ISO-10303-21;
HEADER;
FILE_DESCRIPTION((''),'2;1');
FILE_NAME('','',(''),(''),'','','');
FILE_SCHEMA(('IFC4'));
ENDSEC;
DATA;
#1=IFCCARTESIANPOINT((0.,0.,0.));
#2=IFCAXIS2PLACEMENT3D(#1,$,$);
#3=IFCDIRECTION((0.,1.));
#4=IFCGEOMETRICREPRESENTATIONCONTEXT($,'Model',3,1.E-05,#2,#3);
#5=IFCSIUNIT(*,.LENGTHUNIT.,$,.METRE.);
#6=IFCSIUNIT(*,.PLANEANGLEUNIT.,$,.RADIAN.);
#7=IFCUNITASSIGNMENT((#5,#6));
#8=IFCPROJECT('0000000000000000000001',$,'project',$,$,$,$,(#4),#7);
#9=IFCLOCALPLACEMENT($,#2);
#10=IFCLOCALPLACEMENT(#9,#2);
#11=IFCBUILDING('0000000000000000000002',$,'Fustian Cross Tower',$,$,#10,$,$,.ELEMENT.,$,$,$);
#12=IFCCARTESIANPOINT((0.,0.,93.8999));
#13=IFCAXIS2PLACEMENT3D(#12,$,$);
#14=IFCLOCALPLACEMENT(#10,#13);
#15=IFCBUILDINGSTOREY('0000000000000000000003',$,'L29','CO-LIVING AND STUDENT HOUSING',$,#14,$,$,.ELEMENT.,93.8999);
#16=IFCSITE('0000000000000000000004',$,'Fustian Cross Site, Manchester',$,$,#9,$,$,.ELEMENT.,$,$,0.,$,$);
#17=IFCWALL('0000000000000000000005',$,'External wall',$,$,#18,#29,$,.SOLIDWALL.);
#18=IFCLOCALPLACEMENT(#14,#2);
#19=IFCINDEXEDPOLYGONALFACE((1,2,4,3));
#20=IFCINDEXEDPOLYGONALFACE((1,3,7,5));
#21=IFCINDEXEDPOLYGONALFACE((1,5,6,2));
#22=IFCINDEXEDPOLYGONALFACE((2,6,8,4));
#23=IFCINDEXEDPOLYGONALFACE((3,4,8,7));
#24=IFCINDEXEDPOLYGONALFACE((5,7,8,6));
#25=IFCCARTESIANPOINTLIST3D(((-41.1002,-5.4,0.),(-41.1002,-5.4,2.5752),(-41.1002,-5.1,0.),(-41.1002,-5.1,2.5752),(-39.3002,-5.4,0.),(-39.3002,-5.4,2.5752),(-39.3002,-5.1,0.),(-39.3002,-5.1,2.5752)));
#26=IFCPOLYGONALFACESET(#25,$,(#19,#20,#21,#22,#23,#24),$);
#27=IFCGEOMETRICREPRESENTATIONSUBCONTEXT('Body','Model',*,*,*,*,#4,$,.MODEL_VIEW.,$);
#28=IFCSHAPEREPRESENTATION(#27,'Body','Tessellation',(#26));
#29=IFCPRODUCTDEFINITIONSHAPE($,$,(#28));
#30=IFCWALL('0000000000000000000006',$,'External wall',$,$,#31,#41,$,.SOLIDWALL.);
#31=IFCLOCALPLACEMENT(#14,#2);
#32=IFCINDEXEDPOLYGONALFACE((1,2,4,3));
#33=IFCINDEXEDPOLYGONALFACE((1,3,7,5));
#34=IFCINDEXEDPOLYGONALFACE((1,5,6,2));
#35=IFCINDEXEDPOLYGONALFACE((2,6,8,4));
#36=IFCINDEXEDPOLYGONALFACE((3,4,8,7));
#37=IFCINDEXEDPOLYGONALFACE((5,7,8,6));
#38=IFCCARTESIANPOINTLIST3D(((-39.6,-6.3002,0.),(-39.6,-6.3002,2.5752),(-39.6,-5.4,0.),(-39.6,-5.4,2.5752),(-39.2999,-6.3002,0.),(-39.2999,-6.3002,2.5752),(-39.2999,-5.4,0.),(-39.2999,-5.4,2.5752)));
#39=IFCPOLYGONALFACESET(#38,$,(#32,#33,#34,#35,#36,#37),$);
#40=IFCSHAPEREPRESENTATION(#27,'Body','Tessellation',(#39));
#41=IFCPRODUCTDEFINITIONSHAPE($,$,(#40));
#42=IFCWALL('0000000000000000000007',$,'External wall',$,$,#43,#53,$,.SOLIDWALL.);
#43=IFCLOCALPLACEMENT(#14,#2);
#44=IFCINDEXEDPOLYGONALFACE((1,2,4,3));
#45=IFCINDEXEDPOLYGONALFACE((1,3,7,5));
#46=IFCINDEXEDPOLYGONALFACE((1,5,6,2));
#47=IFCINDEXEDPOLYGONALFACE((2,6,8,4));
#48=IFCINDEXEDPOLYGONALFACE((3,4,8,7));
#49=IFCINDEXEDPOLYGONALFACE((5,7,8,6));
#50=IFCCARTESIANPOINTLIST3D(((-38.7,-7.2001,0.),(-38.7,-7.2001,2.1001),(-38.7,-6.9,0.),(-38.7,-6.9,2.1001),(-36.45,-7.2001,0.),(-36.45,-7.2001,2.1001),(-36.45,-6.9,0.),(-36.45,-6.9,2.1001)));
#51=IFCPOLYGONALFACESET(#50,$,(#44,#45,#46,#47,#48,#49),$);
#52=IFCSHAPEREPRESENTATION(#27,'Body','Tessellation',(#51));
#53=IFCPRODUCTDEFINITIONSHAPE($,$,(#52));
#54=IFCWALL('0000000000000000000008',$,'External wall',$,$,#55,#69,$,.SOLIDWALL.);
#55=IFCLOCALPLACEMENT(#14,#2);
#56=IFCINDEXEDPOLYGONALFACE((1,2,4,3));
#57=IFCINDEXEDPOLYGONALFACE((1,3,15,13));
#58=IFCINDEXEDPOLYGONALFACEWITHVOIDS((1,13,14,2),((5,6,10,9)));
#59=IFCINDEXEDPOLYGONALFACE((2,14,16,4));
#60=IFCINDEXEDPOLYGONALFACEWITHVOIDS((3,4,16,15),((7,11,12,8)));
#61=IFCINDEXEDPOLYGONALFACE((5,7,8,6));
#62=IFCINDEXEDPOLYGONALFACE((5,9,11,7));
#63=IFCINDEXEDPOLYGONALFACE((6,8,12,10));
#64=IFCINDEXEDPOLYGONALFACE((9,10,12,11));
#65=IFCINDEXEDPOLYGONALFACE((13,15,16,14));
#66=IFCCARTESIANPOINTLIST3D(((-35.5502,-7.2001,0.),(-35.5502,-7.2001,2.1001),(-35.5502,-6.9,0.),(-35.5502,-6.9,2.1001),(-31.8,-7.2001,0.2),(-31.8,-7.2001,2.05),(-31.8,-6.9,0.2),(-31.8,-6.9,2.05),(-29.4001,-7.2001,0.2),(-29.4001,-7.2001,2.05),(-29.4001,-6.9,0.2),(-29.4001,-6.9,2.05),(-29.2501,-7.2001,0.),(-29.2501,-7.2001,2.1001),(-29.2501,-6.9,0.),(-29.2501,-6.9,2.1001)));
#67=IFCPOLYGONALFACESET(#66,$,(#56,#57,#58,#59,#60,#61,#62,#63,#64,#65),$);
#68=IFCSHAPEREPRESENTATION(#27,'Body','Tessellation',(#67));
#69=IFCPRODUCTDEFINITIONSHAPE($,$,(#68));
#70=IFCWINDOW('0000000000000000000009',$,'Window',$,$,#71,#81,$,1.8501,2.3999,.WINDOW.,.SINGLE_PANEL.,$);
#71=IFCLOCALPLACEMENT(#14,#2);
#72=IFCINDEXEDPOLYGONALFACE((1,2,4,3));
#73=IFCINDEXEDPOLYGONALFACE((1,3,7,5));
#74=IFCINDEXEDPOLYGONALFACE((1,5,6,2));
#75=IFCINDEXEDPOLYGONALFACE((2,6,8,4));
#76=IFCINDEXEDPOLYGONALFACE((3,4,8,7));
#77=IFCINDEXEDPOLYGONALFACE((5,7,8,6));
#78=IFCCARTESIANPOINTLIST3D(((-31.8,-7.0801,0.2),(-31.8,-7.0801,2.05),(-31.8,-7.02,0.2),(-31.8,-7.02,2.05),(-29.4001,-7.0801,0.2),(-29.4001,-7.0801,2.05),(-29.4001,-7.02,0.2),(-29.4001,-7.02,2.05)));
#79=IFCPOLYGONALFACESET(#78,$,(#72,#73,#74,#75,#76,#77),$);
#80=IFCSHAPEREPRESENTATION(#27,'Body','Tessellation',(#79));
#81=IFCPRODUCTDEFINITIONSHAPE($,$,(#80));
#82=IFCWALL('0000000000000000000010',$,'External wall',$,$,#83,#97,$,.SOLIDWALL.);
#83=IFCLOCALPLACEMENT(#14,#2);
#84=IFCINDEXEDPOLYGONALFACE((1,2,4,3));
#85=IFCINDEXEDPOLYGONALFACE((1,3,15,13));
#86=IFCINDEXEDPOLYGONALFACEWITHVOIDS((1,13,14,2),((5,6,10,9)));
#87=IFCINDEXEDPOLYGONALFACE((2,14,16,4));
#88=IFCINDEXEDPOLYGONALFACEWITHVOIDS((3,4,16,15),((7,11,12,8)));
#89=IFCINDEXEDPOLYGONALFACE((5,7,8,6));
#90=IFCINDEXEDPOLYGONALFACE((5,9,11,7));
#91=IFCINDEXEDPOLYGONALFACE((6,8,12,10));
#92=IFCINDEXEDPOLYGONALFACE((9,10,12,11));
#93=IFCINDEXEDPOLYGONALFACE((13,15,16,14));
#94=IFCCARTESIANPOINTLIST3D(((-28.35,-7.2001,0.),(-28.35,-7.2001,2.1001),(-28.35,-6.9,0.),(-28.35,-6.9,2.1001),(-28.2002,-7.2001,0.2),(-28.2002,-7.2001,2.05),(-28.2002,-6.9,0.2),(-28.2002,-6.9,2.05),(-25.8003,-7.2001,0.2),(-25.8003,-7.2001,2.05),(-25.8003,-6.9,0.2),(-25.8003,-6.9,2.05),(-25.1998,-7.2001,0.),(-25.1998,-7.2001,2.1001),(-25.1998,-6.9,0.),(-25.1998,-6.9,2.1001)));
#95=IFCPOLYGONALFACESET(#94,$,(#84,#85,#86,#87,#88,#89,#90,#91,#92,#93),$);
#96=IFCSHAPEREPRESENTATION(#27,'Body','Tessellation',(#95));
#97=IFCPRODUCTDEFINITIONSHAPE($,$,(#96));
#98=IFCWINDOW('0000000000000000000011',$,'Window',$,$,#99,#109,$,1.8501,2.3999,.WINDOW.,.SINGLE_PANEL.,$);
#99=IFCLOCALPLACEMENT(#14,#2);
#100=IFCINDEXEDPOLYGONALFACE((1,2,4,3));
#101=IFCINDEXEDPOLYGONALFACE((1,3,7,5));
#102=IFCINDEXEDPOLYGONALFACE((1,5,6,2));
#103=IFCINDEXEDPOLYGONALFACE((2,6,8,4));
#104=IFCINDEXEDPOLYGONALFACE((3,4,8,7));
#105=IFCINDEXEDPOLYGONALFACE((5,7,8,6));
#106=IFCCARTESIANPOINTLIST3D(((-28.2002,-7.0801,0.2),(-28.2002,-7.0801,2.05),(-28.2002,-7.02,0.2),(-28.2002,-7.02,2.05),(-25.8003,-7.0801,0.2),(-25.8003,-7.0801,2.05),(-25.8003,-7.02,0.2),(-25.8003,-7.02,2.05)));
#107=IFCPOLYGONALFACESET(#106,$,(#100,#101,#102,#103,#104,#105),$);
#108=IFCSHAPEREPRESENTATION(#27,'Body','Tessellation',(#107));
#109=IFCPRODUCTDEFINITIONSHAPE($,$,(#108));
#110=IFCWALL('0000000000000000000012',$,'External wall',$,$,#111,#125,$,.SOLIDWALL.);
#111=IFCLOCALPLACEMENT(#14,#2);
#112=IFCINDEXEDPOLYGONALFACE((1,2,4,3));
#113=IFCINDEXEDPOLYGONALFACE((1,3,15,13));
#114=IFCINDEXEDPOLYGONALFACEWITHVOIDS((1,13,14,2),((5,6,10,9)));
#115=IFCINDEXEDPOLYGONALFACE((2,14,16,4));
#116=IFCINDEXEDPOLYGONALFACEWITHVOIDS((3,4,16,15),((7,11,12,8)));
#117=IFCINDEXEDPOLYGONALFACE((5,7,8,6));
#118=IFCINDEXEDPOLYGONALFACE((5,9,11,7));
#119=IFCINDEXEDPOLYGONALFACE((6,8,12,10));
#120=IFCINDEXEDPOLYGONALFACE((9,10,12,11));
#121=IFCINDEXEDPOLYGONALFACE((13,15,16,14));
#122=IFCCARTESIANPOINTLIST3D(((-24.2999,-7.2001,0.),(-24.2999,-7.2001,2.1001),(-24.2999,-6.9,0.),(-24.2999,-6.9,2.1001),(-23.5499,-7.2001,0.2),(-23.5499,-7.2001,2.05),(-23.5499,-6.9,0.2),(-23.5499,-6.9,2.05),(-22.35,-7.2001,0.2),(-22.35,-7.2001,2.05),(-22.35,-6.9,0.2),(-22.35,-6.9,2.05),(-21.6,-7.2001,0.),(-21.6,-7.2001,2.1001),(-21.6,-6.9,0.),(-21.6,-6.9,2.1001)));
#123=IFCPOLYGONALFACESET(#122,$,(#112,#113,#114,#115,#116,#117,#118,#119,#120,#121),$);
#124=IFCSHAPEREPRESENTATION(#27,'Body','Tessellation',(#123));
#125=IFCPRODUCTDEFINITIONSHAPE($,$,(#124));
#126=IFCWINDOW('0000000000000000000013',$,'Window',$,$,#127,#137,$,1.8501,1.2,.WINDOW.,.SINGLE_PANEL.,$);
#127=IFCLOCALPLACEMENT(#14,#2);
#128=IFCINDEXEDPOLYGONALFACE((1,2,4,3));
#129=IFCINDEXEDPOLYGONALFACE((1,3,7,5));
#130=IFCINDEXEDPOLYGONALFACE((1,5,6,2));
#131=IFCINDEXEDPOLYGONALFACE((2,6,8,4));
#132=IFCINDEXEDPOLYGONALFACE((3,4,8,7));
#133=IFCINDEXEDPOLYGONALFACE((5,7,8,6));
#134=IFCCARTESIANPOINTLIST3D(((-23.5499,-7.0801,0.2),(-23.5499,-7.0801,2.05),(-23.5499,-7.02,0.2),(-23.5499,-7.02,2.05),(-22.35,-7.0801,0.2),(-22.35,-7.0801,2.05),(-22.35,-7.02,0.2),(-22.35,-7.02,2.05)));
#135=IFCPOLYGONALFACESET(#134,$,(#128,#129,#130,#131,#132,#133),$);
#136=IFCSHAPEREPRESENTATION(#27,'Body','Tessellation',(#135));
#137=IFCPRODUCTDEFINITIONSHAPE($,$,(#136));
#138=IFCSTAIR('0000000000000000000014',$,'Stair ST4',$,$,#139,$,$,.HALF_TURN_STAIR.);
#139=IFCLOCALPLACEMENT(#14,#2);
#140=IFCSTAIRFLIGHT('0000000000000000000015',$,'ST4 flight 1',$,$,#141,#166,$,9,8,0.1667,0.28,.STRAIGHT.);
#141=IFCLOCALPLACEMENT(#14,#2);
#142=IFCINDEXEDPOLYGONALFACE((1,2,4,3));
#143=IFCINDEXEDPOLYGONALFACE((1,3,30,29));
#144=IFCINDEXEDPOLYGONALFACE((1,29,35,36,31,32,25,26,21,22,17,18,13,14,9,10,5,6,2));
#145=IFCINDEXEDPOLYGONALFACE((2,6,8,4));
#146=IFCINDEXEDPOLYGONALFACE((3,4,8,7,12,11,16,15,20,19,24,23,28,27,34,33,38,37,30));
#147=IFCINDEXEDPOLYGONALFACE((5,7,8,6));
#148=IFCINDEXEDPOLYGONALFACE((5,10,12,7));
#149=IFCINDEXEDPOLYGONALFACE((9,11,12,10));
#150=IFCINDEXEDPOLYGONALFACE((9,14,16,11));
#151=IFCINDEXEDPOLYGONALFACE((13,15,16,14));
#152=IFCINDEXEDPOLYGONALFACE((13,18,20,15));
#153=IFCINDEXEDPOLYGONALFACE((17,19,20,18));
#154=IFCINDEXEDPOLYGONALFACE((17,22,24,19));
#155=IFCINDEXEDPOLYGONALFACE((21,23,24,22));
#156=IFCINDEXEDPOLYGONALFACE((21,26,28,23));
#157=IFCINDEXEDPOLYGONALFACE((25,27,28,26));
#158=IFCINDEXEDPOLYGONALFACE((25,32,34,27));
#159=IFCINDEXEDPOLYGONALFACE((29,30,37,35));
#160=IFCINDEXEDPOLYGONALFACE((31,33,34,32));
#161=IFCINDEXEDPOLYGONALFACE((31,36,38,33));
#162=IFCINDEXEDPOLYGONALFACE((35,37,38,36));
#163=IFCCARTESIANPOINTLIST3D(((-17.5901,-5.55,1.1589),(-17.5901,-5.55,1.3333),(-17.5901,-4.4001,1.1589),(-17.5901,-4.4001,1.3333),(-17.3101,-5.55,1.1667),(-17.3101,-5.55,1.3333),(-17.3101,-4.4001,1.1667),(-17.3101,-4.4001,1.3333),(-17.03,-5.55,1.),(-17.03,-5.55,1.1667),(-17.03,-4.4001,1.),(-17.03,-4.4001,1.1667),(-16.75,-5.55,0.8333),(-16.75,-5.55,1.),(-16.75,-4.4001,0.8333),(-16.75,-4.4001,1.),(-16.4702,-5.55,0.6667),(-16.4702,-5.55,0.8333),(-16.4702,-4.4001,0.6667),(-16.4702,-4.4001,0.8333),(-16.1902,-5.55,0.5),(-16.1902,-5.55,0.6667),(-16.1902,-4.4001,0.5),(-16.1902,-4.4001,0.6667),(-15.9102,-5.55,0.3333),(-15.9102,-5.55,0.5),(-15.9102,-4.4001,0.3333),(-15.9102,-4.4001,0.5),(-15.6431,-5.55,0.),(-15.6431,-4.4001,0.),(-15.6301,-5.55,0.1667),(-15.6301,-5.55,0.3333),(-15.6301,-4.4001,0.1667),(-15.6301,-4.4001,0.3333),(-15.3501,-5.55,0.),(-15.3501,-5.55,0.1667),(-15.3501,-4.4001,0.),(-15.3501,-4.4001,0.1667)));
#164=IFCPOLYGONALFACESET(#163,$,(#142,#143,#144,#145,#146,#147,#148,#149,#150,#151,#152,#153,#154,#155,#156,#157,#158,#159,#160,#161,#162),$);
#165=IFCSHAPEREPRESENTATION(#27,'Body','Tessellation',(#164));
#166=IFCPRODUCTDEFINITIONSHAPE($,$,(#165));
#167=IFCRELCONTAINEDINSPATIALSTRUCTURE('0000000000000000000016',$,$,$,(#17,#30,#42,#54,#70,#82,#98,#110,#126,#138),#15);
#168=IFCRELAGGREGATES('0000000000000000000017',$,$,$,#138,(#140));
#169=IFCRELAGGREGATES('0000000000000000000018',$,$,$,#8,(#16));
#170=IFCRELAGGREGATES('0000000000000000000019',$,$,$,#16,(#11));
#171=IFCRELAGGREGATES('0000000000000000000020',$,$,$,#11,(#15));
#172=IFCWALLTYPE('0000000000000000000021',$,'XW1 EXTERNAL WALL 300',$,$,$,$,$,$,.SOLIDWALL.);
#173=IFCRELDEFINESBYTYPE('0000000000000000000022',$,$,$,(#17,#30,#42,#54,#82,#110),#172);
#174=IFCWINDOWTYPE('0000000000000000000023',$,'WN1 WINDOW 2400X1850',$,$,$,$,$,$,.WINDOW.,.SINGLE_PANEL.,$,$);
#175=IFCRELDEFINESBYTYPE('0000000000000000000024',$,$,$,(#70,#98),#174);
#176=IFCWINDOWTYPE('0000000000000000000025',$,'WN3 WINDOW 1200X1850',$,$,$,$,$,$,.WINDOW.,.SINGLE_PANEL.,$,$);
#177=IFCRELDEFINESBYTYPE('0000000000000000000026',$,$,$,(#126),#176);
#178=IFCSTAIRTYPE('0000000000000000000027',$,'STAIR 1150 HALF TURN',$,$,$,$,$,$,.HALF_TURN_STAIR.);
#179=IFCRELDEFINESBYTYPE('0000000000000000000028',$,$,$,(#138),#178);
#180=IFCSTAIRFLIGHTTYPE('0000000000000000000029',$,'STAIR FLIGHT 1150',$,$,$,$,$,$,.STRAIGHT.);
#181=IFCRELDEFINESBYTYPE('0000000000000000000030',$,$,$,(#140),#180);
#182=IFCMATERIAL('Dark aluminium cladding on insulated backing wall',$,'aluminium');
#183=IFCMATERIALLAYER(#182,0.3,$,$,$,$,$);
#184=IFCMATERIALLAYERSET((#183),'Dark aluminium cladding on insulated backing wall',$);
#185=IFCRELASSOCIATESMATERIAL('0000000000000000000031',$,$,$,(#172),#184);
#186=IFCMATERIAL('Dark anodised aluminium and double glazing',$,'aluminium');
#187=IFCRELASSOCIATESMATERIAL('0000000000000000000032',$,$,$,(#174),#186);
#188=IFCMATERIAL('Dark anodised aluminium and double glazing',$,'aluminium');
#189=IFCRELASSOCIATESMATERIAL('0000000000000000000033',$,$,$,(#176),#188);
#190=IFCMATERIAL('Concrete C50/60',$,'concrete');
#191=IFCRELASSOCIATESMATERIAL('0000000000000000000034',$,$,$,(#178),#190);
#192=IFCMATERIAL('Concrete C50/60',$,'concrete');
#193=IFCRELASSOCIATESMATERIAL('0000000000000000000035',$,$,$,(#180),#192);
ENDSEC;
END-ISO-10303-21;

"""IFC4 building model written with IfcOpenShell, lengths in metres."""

from ifc_helpers import new_model, si_unit, direction, frame, frame_2d, origin, place, context, subcontext, project, spatial, polyline, rectangle, outline, extrude, material, layer, layer_set, type_object, element, fill, aggregate, save


model = new_model("IFC4")

# Units and contexts
model_context = context("Model", 3, precision=1e-05, world=origin(), true_north=direction((0.0, 1.0)))
body_context = subcontext(model_context, "Body", "Model", "MODEL_VIEW")
ifc_project = project(units=[si_unit("LENGTHUNIT", "METRE"), si_unit("PLANEANGLEUNIT", "RADIAN")], contexts=[model_context])

# Site, building, storey
site_placement = place(None, origin())
site = spatial("IfcSite", under=ifc_project, at=site_placement, Name="Fustian Cross Site, Manchester", CompositionType="ELEMENT", RefElevation=0.0)
building_placement = place(site_placement, origin())
building = spatial("IfcBuilding", under=site, at=building_placement, Name="Fustian Cross Tower", CompositionType="ELEMENT")
storey_placement = place(building_placement, frame((0.0, 0.0, 93.8999)))
storey = spatial("IfcBuildingStorey", under=building, at=storey_placement, Name="L29", Description="CO-LIVING AND STUDENT HOUSING", CompositionType="ELEMENT", Elevation=93.8999)

# Walls
ifc_material_1 = material(Name="Dark aluminium cladding on insulated backing wall", Category="aluminium")
ifc_layer_1 = layer(ifc_material_1, 0.3)
ifc_layer_set_1 = layer_set([ifc_layer_1], Name="Dark aluminium cladding on insulated backing wall")
wall_type_1 = type_object("IfcWallType", Name="XW1 EXTERNAL WALL 300", PredefinedType="SOLIDWALL", material=ifc_layer_set_1)
wall_1_placement = place(storey_placement, frame((-41.1001, -5.25, 0.0), z_axis=(0.0, 0.0, 1.0), x_axis=(1.0, 0.0, 0.0)))
element("IfcWall", 1, at=wall_1_placement, inside=storey, type_object=wall_type_1, Name="External wall", PredefinedType="SOLIDWALL", context=body_context, shape_type="SweptSolid", body=[
    extrude(rectangle(XDim=1.8, YDim=0.3, at=frame_2d((0.8999, 0.0))), origin(), (0.0, 0.0, 1.0), 2.5752),
])
wall_2_placement = place(storey_placement, frame((-39.45, -5.3999, 0.0), z_axis=(0.0, 0.0, 1.0), x_axis=(0.0, -1.0, 0.0)))
element("IfcWall", 2, at=wall_2_placement, inside=storey, type_object=wall_type_1, Name="External wall", PredefinedType="SOLIDWALL", context=body_context, shape_type="SweptSolid", body=[
    extrude(rectangle(XDim=0.9001, YDim=0.3, at=frame_2d((0.4502, 0.0))), origin(), (0.0, 0.0, 1.0), 2.5752),
])
wall_3_placement = place(storey_placement, frame((-38.7, -7.05, 0.0), z_axis=(0.0, 0.0, 1.0), x_axis=(1.0, 0.0, 0.0)))
element("IfcWall", 3, at=wall_3_placement, inside=storey, type_object=wall_type_1, Name="External wall", PredefinedType="SOLIDWALL", context=body_context, shape_type="SweptSolid", body=[
    extrude(rectangle(XDim=2.25, YDim=0.3, at=frame_2d((1.125, 0.0))), origin(), (0.0, 0.0, 1.0), 2.1001),
])

# Walls, openings, windows
wall_4_placement = place(storey_placement, frame((-35.55, -7.05, 0.0), z_axis=(0.0, 0.0, 1.0), x_axis=(1.0, 0.0, 0.0)))
wall_4 = element("IfcWall", 4, at=wall_4_placement, inside=storey, type_object=wall_type_1, Name="External wall", PredefinedType="SOLIDWALL", context=body_context, shape_type="SweptSolid", body=[
    extrude(rectangle(XDim=6.3, YDim=0.3, at=frame_2d((3.1499, 0.0))), origin(), (0.0, 0.0, 1.0), 2.1001),
])
opening_1_placement = place(wall_4_placement, frame((3.75, 0.0, 0.2)))
opening_1 = element("IfcOpeningElement", 5, at=opening_1_placement, cuts=wall_4, PredefinedType="OPENING", context=body_context, shape_type="SweptSolid", body=[
    extrude(rectangle(XDim=2.3999, YDim=1.8501, at=frame_2d((1.2, 0.925))), frame((0.0, 0.1599, 0.0), z_axis=(0.0, -1.0, 0.0), x_axis=(1.0, 0.0, 0.0)), (0.0, 0.0, 1.0), 0.3201),
])
ifc_material_2 = material(Name="Dark anodised aluminium and double glazing", Category="aluminium")
window_type_1 = type_object("IfcWindowType", Name="WN1 WINDOW 2400X1850", PartitioningType="SINGLE_PANEL", PredefinedType="WINDOW", material=ifc_material_2)
window_1_placement = place(opening_1_placement, origin())
window_1 = element("IfcWindow", 6, at=window_1_placement, inside=storey, type_object=window_type_1, Name="Window", OverallHeight=1.8501, OverallWidth=2.3999, PartitioningType="SINGLE_PANEL", PredefinedType="WINDOW", context=body_context, shape_type="SweptSolid", body=[
    extrude(rectangle(XDim=2.3999, YDim=1.8501, at=frame_2d((1.2, 0.925))), frame((0.0, 0.03, 0.0), z_axis=(0.0, -1.0, 0.0), x_axis=(1.0, 0.0, 0.0)), (0.0, 0.0, 1.0), 0.0601),
])
fill(opening_1, window_1)
wall_5_placement = place(storey_placement, frame((-28.3501, -7.05, 0.0), z_axis=(0.0, 0.0, 1.0), x_axis=(1.0, 0.0, 0.0)))
wall_5 = element("IfcWall", 7, at=wall_5_placement, inside=storey, type_object=wall_type_1, Name="External wall", PredefinedType="SOLIDWALL", context=body_context, shape_type="SweptSolid", body=[
    extrude(rectangle(XDim=3.1501, YDim=0.3, at=frame_2d((1.5752, 0.0))), origin(), (0.0, 0.0, 1.0), 2.1001),
])
opening_2_placement = place(wall_5_placement, frame((0.1499, 0.0, 0.2)))
opening_2 = element("IfcOpeningElement", 8, at=opening_2_placement, cuts=wall_5, PredefinedType="OPENING", context=body_context, shape_type="SweptSolid", body=[
    extrude(rectangle(XDim=2.3999, YDim=1.8501, at=frame_2d((1.2, 0.925))), frame((0.0, 0.1599, 0.0), z_axis=(0.0, -1.0, 0.0), x_axis=(1.0, 0.0, 0.0)), (0.0, 0.0, 1.0), 0.3201),
])
window_2_placement = place(opening_2_placement, origin())
window_2 = element("IfcWindow", 9, at=window_2_placement, inside=storey, type_object=window_type_1, Name="Window", OverallHeight=1.8501, OverallWidth=2.3999, PartitioningType="SINGLE_PANEL", PredefinedType="WINDOW", context=body_context, shape_type="SweptSolid", body=[
    extrude(rectangle(XDim=2.3999, YDim=1.8501, at=frame_2d((1.2, 0.925))), frame((0.0, 0.03, 0.0), z_axis=(0.0, -1.0, 0.0), x_axis=(1.0, 0.0, 0.0)), (0.0, 0.0, 1.0), 0.0601),
])
fill(opening_2, window_2)
wall_6_placement = place(storey_placement, frame((-24.3, -7.05, 0.0), z_axis=(0.0, 0.0, 1.0), x_axis=(1.0, 0.0, 0.0)))
wall_6 = element("IfcWall", 10, at=wall_6_placement, inside=storey, type_object=wall_type_1, Name="External wall", PredefinedType="SOLIDWALL", context=body_context, shape_type="SweptSolid", body=[
    extrude(rectangle(XDim=2.7, YDim=0.3, at=frame_2d((1.3501, 0.0))), origin(), (0.0, 0.0, 1.0), 2.1001),
])
opening_3_placement = place(wall_6_placement, frame((0.75, 0.0, 0.2)))
opening_3 = element("IfcOpeningElement", 11, at=opening_3_placement, cuts=wall_6, PredefinedType="OPENING", context=body_context, shape_type="SweptSolid", body=[
    extrude(rectangle(XDim=1.2, YDim=1.8501, at=frame_2d((0.6001, 0.925))), frame((0.0, 0.1599, 0.0), z_axis=(0.0, -1.0, 0.0), x_axis=(1.0, 0.0, 0.0)), (0.0, 0.0, 1.0), 0.3201),
])
ifc_material_3 = material(Name="Dark anodised aluminium and double glazing", Category="aluminium")
window_type_2 = type_object("IfcWindowType", Name="WN3 WINDOW 1200X1850", PartitioningType="SINGLE_PANEL", PredefinedType="WINDOW", material=ifc_material_3)
window_3_placement = place(opening_3_placement, origin())
window_3 = element("IfcWindow", 12, at=window_3_placement, inside=storey, type_object=window_type_2, Name="Window", OverallHeight=1.8501, OverallWidth=1.2, PartitioningType="SINGLE_PANEL", PredefinedType="WINDOW", context=body_context, shape_type="SweptSolid", body=[
    extrude(rectangle(XDim=1.2, YDim=1.8501, at=frame_2d((0.6001, 0.925))), frame((0.0, 0.03, 0.0), z_axis=(0.0, -1.0, 0.0), x_axis=(1.0, 0.0, 0.0)), (0.0, 0.0, 1.0), 0.0601),
])
fill(opening_3, window_3)

# Stair, stair flight
ifc_material_4 = material(Name="Concrete C50/60", Category="concrete")
stair_type = type_object("IfcStairType", Name="STAIR 1150 HALF TURN", PredefinedType="HALF_TURN_STAIR", material=ifc_material_4)
stair_placement = place(storey_placement, origin())
stair = element("IfcStair", 13, at=stair_placement, inside=storey, type_object=stair_type, Name="Stair ST4", PredefinedType="HALF_TURN_STAIR")
ifc_material_5 = material(Name="Concrete C50/60", Category="concrete")
stair_flight_type = type_object("IfcStairFlightType", Name="STAIR FLIGHT 1150", PredefinedType="STRAIGHT", material=ifc_material_5)
stair_flight_1_placement = place(storey_placement, frame((-15.3501, -4.9751, 0.0), z_axis=(0.0, 0.0, 1.0), x_axis=(-1.0, 0.0, 0.0)))
stair_flight_1 = element("IfcStairFlight", 14, at=stair_flight_1_placement, type_object=stair_flight_type, Name="ST4 flight 1", NumberOfRisers=9, NumberOfTreads=8, PredefinedType="STRAIGHT", RiserHeight=0.1667, TreadLength=0.28, context=body_context, shape_type="SweptSolid", body=[
    extrude(outline(polyline([(0.0, 0.0), (0.0, 0.1667), (0.28, 0.1667), (0.28, 0.3333), (0.5601, 0.3333), (0.5601, 0.5), (0.8401, 0.5), (0.8401, 0.6667), (1.1201, 0.6667), (1.1201, 0.8333), (1.3999, 0.8333), (1.3999, 1.0), (1.6799, 1.0), (1.6799, 1.1667), (1.96, 1.1667), (1.96, 1.3333), (2.24, 1.3333), (2.24, 1.5), (2.24, 1.1589), (0.293, 0.0), (0.0, 0.0)])), frame((0.0, 0.575, 0.0), z_axis=(0.0, -1.0, 0.0), x_axis=(1.0, 0.0, 0.0)), (0.0, 0.0, 1.0), 1.1499),
])
aggregate(stair, [stair_flight_1])

save(model, "model.ifc")
